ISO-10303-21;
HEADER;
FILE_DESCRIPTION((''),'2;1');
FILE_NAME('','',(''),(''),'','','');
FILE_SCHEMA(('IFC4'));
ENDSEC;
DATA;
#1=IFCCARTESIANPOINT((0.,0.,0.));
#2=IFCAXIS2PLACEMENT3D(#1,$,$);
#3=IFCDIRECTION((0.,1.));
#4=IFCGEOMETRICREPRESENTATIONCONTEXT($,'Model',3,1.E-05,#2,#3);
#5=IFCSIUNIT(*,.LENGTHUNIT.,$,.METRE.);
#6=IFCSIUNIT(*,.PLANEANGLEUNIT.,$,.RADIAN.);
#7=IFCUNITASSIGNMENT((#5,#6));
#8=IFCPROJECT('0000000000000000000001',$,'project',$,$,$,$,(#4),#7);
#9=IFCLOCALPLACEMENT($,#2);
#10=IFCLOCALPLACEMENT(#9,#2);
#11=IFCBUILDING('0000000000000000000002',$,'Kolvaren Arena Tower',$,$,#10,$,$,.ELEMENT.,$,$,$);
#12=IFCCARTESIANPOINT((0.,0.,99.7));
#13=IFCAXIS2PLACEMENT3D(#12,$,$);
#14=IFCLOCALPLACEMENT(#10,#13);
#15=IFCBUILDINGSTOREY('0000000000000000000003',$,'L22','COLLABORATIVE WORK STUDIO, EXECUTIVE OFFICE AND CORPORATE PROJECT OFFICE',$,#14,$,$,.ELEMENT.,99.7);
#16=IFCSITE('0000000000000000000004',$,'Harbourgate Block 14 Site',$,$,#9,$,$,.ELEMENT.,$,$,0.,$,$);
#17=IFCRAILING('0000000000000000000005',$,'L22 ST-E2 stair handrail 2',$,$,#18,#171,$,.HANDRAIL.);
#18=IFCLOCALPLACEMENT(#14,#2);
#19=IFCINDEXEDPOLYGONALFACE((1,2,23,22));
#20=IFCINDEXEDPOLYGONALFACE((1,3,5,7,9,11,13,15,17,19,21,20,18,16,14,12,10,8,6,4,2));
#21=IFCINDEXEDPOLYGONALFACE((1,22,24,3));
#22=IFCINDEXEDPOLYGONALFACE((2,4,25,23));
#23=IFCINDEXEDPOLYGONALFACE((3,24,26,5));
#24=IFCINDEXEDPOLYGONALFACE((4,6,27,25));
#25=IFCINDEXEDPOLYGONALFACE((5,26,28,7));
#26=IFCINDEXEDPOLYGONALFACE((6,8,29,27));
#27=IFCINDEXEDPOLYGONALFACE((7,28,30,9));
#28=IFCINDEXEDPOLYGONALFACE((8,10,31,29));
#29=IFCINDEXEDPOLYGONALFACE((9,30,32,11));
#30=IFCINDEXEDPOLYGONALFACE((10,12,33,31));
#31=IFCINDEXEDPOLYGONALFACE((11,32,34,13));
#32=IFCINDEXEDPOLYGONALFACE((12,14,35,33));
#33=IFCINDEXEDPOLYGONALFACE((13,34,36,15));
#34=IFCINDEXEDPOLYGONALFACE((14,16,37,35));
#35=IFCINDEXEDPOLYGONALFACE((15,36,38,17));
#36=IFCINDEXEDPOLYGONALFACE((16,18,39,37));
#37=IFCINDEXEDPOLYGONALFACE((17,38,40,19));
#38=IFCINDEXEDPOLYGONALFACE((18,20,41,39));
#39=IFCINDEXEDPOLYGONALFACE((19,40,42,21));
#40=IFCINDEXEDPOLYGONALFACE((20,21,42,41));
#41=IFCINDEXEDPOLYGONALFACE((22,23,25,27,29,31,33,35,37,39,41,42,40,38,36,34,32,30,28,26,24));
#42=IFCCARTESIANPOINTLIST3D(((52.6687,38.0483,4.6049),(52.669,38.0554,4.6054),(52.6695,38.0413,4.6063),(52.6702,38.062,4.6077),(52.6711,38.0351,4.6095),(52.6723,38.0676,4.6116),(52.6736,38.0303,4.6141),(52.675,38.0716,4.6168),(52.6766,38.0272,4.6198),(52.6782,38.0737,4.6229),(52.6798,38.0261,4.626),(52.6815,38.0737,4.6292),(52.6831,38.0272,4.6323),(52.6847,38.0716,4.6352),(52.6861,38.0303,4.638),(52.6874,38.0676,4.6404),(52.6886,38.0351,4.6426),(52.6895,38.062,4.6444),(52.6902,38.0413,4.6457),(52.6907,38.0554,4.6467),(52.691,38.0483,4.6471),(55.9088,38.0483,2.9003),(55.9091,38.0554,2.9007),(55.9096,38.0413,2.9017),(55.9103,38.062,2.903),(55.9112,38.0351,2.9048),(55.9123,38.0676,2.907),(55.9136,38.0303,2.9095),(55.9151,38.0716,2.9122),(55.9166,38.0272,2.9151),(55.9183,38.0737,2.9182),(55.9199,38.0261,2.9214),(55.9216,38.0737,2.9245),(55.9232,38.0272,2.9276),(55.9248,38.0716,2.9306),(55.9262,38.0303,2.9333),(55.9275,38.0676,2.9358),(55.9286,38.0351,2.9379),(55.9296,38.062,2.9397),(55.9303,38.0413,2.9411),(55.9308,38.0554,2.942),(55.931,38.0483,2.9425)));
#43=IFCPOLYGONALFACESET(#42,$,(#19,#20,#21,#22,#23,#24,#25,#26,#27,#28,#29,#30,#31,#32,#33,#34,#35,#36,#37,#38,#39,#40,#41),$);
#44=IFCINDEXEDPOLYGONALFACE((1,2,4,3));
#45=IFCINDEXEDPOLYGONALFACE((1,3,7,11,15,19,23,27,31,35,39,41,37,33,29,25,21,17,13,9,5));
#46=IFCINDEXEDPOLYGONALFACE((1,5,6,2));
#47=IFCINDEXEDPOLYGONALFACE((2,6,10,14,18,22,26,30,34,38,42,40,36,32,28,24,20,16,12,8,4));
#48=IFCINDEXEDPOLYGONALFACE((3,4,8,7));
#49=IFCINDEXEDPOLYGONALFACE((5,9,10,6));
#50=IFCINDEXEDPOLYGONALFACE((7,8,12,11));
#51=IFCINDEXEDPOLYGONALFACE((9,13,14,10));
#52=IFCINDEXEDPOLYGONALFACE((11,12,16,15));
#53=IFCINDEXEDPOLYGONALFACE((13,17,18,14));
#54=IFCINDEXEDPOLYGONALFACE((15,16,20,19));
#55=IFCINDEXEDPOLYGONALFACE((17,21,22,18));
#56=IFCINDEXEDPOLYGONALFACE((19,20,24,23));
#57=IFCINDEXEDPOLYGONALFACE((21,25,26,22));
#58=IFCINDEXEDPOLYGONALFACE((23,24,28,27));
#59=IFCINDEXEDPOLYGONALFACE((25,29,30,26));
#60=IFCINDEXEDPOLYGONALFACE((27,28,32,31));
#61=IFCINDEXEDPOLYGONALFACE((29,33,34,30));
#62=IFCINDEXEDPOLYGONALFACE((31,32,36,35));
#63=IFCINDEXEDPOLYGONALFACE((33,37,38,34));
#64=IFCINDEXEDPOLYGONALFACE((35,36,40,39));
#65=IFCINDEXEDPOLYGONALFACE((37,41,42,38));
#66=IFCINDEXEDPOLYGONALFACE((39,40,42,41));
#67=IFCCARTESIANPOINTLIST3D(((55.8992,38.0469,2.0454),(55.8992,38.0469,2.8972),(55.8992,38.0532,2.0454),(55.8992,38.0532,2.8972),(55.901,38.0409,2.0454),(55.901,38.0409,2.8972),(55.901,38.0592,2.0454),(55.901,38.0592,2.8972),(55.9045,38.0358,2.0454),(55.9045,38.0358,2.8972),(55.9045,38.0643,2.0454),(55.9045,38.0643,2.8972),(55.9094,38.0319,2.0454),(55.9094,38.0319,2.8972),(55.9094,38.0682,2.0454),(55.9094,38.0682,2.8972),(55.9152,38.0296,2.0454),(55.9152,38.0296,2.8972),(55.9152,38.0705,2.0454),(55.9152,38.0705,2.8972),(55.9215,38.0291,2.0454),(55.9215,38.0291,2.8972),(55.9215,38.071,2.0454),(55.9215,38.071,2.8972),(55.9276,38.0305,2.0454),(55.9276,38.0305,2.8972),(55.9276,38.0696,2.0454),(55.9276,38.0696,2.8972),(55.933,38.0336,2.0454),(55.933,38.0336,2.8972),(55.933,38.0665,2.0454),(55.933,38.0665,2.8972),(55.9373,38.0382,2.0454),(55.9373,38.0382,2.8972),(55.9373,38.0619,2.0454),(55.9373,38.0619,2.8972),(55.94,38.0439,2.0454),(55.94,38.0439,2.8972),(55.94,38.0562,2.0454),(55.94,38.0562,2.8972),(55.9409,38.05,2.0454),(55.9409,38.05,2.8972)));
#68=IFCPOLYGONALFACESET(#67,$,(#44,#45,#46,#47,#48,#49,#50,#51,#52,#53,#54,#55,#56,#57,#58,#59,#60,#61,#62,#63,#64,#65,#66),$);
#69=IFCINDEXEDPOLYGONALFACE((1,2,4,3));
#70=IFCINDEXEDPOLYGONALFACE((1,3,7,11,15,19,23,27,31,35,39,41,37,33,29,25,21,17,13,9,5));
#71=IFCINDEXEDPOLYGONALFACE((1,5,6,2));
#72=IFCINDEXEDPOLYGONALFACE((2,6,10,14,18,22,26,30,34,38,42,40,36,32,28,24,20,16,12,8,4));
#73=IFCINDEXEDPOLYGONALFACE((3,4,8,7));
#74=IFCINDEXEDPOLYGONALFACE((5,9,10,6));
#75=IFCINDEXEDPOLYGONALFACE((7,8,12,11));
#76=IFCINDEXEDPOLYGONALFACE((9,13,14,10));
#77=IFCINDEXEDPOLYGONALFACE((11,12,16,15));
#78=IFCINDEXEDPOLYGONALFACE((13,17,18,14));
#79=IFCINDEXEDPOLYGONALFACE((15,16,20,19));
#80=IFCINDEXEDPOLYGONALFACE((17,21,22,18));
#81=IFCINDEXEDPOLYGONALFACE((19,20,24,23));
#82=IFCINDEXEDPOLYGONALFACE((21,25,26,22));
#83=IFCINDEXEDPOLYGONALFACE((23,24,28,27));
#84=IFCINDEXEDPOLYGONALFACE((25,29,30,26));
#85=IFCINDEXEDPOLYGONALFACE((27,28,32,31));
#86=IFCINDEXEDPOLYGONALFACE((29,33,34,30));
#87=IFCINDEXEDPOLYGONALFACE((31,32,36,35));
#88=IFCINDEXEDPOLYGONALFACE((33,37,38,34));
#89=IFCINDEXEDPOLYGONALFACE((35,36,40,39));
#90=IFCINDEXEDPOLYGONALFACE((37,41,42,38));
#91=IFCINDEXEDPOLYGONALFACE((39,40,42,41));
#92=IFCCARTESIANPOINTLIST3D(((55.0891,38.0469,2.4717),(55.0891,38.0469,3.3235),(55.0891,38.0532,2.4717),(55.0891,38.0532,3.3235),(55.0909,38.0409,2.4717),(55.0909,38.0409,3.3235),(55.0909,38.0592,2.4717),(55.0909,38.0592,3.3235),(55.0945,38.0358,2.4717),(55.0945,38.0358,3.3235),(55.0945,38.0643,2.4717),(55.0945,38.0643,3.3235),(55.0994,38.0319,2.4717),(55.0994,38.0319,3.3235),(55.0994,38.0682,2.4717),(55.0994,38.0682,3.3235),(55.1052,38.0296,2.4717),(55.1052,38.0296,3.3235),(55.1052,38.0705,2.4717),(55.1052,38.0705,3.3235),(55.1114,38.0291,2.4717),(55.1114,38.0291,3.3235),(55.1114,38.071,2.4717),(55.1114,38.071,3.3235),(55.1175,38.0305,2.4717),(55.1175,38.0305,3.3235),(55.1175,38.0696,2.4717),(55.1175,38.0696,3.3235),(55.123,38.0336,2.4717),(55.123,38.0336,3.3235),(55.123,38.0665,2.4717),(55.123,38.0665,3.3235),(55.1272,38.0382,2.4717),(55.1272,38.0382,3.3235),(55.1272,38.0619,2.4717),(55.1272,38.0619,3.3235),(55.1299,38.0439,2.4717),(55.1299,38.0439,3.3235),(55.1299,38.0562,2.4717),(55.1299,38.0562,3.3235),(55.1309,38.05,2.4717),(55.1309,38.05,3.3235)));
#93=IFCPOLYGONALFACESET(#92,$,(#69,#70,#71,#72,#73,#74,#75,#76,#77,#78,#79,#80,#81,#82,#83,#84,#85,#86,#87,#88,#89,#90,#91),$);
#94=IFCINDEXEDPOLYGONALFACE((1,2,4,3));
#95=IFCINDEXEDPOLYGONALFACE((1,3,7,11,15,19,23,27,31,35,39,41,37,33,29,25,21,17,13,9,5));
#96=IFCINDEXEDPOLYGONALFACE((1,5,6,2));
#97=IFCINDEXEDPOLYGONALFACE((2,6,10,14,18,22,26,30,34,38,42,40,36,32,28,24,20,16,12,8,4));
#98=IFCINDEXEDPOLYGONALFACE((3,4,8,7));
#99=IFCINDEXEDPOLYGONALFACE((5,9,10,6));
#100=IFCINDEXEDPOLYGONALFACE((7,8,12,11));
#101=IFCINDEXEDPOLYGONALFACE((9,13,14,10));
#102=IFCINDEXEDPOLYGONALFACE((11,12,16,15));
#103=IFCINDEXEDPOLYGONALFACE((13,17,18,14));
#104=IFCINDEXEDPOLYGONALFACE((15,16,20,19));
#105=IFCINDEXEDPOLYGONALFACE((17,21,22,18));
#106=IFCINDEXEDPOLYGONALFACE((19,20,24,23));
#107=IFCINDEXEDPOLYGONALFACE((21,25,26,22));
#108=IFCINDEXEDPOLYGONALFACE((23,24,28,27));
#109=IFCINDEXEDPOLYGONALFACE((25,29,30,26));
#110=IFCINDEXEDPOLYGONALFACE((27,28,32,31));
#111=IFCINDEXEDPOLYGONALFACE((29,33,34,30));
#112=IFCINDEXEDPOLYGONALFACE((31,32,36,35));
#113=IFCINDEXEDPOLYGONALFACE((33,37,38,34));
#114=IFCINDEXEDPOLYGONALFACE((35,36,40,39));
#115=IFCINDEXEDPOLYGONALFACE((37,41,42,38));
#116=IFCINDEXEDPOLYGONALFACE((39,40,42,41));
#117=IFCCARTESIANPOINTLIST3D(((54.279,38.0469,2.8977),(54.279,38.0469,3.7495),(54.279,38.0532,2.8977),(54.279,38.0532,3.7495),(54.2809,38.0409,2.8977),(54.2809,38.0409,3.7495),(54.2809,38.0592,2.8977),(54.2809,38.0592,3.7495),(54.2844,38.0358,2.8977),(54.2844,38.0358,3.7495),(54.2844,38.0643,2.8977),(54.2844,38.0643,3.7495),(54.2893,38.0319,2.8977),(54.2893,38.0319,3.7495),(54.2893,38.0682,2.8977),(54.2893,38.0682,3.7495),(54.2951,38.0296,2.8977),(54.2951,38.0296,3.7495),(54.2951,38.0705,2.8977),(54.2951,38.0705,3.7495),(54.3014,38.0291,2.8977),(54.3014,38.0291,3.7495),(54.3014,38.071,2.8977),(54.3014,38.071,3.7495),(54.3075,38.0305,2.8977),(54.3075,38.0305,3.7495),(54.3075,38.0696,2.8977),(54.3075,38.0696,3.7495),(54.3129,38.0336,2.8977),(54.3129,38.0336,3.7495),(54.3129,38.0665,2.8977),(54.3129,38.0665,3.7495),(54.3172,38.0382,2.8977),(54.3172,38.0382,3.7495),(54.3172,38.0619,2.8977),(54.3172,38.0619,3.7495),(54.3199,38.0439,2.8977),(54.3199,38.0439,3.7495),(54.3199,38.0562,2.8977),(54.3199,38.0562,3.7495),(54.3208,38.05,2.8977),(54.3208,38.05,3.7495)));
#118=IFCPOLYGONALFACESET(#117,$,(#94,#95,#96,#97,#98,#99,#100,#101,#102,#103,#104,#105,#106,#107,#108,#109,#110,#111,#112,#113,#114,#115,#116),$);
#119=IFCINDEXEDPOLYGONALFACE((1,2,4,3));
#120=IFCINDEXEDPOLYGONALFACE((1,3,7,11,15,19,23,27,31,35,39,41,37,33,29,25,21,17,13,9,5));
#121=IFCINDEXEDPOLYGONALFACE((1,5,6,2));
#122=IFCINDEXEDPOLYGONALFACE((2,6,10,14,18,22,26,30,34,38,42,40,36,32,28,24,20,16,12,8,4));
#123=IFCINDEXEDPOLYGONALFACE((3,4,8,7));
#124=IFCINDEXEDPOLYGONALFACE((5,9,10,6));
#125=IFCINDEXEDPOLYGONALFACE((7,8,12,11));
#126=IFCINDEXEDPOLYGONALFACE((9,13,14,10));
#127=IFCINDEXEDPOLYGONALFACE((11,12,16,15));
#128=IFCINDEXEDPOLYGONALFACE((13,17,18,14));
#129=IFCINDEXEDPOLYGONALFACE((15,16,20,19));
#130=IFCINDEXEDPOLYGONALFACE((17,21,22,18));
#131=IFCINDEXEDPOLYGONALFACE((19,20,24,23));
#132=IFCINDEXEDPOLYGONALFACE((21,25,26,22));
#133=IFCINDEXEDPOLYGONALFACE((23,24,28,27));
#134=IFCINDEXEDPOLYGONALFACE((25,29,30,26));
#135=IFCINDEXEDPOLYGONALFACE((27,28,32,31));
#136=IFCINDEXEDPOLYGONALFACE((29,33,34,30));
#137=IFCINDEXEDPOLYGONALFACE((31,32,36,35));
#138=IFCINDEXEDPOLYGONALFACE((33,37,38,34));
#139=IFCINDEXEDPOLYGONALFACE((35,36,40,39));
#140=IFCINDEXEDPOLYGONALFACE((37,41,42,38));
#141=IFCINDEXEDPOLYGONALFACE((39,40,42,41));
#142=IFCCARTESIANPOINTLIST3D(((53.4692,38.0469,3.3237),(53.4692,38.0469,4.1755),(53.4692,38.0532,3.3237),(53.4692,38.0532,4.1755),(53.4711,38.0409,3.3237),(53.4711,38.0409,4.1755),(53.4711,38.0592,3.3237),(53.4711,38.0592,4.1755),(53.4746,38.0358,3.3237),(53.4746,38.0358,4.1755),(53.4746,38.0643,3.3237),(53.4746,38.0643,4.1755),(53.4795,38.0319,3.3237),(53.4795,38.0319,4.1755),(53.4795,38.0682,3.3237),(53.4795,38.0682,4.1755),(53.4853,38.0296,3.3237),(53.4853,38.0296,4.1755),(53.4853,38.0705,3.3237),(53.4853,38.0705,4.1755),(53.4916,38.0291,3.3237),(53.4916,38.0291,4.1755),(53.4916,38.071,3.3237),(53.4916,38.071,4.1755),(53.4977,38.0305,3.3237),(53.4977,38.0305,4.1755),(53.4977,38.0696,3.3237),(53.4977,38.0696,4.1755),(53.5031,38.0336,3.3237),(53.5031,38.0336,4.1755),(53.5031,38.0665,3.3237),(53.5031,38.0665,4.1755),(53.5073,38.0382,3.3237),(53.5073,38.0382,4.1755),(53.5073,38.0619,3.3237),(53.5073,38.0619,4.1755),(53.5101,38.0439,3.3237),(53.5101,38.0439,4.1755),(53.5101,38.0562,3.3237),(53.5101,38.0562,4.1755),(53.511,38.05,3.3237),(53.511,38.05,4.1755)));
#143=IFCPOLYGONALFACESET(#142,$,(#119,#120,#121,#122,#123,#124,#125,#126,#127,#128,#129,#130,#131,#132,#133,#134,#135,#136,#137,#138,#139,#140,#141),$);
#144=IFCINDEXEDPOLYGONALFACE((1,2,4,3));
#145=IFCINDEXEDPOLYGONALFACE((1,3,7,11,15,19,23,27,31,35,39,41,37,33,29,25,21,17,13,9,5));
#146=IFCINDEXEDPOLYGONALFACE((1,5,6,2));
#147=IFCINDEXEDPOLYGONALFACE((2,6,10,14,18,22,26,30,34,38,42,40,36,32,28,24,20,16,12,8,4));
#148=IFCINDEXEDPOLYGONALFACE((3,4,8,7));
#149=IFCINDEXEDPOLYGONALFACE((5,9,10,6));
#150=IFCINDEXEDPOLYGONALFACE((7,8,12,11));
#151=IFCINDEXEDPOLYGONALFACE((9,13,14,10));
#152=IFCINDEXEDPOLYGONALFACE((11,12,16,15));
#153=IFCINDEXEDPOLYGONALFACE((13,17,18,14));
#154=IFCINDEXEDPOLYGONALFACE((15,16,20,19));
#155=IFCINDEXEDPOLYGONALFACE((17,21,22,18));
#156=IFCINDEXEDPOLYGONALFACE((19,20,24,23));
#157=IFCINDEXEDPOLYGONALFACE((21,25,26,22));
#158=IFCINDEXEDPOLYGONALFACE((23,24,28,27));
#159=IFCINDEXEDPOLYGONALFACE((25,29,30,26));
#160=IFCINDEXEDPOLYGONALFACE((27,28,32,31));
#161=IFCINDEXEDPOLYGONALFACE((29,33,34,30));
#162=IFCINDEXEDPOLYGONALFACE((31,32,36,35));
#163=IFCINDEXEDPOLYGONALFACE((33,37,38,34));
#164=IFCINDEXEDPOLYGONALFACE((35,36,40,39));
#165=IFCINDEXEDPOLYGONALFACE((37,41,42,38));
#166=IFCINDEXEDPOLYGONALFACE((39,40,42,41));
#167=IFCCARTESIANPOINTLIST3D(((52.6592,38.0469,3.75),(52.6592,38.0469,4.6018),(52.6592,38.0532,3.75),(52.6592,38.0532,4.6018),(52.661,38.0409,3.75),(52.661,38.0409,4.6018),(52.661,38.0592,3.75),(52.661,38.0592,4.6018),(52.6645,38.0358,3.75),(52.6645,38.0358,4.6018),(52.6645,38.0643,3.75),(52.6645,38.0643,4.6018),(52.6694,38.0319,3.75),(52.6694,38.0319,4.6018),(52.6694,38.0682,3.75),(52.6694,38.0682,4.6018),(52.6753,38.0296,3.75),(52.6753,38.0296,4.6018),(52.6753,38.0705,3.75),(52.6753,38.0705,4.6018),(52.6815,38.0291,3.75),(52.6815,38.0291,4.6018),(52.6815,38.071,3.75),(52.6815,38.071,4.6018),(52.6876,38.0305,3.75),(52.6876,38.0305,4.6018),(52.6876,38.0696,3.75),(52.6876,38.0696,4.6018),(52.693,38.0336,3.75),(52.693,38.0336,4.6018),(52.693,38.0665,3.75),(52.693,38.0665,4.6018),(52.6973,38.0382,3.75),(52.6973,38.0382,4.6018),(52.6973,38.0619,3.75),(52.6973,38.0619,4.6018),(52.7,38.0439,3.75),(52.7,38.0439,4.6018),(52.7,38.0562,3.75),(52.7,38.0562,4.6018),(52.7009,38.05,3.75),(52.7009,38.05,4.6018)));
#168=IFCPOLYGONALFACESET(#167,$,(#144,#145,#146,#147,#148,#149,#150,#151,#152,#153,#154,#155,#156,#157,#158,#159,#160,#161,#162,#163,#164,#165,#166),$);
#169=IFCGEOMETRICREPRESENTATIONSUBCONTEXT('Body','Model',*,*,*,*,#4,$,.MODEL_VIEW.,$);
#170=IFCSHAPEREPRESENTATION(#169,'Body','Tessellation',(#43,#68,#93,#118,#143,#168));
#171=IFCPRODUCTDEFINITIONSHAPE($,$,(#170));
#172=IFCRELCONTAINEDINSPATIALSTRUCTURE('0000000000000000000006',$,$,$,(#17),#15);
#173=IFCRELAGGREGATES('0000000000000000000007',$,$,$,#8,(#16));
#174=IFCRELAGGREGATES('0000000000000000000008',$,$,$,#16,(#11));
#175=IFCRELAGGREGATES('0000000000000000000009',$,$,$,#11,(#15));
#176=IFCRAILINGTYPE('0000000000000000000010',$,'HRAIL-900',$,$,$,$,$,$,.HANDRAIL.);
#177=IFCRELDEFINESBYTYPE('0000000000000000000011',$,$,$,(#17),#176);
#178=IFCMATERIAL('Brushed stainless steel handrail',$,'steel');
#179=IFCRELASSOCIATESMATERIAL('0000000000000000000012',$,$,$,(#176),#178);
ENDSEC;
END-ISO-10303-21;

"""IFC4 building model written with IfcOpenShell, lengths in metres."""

from ifc_helpers import new_model, si_unit, direction, frame, origin, origin_2d, place, context, subcontext, project, spatial, circle, extrude, material, type_object, element, save


model = new_model("IFC4")

# Units and contexts
model_context = context("Model", 3, precision=1e-05, world=origin(), true_north=direction((0.0, 1.0)))
body_context = subcontext(model_context, "Body", "Model", "MODEL_VIEW")
ifc_project = project(units=[si_unit("LENGTHUNIT", "METRE"), si_unit("PLANEANGLEUNIT", "RADIAN")], contexts=[model_context])

# Site, building, storey
site_placement = place(None, origin())
site = spatial("IfcSite", under=ifc_project, at=site_placement, Name="Harbourgate Block 14 Site", CompositionType="ELEMENT", RefElevation=0.0)
building_placement = place(site_placement, origin())
building = spatial("IfcBuilding", under=site, at=building_placement, Name="Kolvaren Arena Tower", CompositionType="ELEMENT")
storey_placement = place(building_placement, frame((0.0, 0.0, 99.7)))
storey = spatial("IfcBuildingStorey", under=building, at=storey_placement, Name="L22", Description="COLLABORATIVE WORK STUDIO, EXECUTIVE OFFICE AND CORPORATE PROJECT OFFICE", CompositionType="ELEMENT", Elevation=99.7)

# Railing
ifc_material_1 = material(Name="Brushed stainless steel handrail", Category="steel")
railing_type_1 = type_object("IfcRailingType", Name="HRAIL-900", PredefinedType="HANDRAIL", material=ifc_material_1)
for number, where, name in (
    (1, (55.9199, 38.05, 2.0454), "L22 ST-E2 stair handrail 2"),
):
    element("IfcRailing", number, at=place(storey_placement, frame(where)), inside=storey, type_object=railing_type_1, Name=name, PredefinedType="HANDRAIL", context=body_context, shape_type="SweptSolid", body=[
        extrude(circle(Radius=0.0239, at=origin_2d()), frame((0.0, 0.0, 0.876), z_axis=(-0.884993, 0.0, 0.465604), x_axis=(0.0, -1.0, 0.0)), (0.0, 0.0, 1.0), 3.6611),
        extrude(circle(Radius=0.021, at=origin_2d()), origin(), (0.0, 0.0, 1.0), 0.8518),
        extrude(circle(Radius=0.021, at=origin_2d()), frame((-0.8101, 0.0, 0.4263)), (0.0, 0.0, 1.0), 0.8518),
        extrude(circle(Radius=0.021, at=origin_2d()), frame((-1.6201, 0.0, 0.8523)), (0.0, 0.0, 1.0), 0.8518),
        extrude(circle(Radius=0.021, at=origin_2d()), frame((-2.4299, 0.0, 1.2783)), (0.0, 0.0, 1.0), 0.8518),
        extrude(circle(Radius=0.021, at=origin_2d()), frame((-3.24, 0.0, 1.7046)), (0.0, 0.0, 1.0), 0.8518),
    ])

save(model, "model.ifc")
